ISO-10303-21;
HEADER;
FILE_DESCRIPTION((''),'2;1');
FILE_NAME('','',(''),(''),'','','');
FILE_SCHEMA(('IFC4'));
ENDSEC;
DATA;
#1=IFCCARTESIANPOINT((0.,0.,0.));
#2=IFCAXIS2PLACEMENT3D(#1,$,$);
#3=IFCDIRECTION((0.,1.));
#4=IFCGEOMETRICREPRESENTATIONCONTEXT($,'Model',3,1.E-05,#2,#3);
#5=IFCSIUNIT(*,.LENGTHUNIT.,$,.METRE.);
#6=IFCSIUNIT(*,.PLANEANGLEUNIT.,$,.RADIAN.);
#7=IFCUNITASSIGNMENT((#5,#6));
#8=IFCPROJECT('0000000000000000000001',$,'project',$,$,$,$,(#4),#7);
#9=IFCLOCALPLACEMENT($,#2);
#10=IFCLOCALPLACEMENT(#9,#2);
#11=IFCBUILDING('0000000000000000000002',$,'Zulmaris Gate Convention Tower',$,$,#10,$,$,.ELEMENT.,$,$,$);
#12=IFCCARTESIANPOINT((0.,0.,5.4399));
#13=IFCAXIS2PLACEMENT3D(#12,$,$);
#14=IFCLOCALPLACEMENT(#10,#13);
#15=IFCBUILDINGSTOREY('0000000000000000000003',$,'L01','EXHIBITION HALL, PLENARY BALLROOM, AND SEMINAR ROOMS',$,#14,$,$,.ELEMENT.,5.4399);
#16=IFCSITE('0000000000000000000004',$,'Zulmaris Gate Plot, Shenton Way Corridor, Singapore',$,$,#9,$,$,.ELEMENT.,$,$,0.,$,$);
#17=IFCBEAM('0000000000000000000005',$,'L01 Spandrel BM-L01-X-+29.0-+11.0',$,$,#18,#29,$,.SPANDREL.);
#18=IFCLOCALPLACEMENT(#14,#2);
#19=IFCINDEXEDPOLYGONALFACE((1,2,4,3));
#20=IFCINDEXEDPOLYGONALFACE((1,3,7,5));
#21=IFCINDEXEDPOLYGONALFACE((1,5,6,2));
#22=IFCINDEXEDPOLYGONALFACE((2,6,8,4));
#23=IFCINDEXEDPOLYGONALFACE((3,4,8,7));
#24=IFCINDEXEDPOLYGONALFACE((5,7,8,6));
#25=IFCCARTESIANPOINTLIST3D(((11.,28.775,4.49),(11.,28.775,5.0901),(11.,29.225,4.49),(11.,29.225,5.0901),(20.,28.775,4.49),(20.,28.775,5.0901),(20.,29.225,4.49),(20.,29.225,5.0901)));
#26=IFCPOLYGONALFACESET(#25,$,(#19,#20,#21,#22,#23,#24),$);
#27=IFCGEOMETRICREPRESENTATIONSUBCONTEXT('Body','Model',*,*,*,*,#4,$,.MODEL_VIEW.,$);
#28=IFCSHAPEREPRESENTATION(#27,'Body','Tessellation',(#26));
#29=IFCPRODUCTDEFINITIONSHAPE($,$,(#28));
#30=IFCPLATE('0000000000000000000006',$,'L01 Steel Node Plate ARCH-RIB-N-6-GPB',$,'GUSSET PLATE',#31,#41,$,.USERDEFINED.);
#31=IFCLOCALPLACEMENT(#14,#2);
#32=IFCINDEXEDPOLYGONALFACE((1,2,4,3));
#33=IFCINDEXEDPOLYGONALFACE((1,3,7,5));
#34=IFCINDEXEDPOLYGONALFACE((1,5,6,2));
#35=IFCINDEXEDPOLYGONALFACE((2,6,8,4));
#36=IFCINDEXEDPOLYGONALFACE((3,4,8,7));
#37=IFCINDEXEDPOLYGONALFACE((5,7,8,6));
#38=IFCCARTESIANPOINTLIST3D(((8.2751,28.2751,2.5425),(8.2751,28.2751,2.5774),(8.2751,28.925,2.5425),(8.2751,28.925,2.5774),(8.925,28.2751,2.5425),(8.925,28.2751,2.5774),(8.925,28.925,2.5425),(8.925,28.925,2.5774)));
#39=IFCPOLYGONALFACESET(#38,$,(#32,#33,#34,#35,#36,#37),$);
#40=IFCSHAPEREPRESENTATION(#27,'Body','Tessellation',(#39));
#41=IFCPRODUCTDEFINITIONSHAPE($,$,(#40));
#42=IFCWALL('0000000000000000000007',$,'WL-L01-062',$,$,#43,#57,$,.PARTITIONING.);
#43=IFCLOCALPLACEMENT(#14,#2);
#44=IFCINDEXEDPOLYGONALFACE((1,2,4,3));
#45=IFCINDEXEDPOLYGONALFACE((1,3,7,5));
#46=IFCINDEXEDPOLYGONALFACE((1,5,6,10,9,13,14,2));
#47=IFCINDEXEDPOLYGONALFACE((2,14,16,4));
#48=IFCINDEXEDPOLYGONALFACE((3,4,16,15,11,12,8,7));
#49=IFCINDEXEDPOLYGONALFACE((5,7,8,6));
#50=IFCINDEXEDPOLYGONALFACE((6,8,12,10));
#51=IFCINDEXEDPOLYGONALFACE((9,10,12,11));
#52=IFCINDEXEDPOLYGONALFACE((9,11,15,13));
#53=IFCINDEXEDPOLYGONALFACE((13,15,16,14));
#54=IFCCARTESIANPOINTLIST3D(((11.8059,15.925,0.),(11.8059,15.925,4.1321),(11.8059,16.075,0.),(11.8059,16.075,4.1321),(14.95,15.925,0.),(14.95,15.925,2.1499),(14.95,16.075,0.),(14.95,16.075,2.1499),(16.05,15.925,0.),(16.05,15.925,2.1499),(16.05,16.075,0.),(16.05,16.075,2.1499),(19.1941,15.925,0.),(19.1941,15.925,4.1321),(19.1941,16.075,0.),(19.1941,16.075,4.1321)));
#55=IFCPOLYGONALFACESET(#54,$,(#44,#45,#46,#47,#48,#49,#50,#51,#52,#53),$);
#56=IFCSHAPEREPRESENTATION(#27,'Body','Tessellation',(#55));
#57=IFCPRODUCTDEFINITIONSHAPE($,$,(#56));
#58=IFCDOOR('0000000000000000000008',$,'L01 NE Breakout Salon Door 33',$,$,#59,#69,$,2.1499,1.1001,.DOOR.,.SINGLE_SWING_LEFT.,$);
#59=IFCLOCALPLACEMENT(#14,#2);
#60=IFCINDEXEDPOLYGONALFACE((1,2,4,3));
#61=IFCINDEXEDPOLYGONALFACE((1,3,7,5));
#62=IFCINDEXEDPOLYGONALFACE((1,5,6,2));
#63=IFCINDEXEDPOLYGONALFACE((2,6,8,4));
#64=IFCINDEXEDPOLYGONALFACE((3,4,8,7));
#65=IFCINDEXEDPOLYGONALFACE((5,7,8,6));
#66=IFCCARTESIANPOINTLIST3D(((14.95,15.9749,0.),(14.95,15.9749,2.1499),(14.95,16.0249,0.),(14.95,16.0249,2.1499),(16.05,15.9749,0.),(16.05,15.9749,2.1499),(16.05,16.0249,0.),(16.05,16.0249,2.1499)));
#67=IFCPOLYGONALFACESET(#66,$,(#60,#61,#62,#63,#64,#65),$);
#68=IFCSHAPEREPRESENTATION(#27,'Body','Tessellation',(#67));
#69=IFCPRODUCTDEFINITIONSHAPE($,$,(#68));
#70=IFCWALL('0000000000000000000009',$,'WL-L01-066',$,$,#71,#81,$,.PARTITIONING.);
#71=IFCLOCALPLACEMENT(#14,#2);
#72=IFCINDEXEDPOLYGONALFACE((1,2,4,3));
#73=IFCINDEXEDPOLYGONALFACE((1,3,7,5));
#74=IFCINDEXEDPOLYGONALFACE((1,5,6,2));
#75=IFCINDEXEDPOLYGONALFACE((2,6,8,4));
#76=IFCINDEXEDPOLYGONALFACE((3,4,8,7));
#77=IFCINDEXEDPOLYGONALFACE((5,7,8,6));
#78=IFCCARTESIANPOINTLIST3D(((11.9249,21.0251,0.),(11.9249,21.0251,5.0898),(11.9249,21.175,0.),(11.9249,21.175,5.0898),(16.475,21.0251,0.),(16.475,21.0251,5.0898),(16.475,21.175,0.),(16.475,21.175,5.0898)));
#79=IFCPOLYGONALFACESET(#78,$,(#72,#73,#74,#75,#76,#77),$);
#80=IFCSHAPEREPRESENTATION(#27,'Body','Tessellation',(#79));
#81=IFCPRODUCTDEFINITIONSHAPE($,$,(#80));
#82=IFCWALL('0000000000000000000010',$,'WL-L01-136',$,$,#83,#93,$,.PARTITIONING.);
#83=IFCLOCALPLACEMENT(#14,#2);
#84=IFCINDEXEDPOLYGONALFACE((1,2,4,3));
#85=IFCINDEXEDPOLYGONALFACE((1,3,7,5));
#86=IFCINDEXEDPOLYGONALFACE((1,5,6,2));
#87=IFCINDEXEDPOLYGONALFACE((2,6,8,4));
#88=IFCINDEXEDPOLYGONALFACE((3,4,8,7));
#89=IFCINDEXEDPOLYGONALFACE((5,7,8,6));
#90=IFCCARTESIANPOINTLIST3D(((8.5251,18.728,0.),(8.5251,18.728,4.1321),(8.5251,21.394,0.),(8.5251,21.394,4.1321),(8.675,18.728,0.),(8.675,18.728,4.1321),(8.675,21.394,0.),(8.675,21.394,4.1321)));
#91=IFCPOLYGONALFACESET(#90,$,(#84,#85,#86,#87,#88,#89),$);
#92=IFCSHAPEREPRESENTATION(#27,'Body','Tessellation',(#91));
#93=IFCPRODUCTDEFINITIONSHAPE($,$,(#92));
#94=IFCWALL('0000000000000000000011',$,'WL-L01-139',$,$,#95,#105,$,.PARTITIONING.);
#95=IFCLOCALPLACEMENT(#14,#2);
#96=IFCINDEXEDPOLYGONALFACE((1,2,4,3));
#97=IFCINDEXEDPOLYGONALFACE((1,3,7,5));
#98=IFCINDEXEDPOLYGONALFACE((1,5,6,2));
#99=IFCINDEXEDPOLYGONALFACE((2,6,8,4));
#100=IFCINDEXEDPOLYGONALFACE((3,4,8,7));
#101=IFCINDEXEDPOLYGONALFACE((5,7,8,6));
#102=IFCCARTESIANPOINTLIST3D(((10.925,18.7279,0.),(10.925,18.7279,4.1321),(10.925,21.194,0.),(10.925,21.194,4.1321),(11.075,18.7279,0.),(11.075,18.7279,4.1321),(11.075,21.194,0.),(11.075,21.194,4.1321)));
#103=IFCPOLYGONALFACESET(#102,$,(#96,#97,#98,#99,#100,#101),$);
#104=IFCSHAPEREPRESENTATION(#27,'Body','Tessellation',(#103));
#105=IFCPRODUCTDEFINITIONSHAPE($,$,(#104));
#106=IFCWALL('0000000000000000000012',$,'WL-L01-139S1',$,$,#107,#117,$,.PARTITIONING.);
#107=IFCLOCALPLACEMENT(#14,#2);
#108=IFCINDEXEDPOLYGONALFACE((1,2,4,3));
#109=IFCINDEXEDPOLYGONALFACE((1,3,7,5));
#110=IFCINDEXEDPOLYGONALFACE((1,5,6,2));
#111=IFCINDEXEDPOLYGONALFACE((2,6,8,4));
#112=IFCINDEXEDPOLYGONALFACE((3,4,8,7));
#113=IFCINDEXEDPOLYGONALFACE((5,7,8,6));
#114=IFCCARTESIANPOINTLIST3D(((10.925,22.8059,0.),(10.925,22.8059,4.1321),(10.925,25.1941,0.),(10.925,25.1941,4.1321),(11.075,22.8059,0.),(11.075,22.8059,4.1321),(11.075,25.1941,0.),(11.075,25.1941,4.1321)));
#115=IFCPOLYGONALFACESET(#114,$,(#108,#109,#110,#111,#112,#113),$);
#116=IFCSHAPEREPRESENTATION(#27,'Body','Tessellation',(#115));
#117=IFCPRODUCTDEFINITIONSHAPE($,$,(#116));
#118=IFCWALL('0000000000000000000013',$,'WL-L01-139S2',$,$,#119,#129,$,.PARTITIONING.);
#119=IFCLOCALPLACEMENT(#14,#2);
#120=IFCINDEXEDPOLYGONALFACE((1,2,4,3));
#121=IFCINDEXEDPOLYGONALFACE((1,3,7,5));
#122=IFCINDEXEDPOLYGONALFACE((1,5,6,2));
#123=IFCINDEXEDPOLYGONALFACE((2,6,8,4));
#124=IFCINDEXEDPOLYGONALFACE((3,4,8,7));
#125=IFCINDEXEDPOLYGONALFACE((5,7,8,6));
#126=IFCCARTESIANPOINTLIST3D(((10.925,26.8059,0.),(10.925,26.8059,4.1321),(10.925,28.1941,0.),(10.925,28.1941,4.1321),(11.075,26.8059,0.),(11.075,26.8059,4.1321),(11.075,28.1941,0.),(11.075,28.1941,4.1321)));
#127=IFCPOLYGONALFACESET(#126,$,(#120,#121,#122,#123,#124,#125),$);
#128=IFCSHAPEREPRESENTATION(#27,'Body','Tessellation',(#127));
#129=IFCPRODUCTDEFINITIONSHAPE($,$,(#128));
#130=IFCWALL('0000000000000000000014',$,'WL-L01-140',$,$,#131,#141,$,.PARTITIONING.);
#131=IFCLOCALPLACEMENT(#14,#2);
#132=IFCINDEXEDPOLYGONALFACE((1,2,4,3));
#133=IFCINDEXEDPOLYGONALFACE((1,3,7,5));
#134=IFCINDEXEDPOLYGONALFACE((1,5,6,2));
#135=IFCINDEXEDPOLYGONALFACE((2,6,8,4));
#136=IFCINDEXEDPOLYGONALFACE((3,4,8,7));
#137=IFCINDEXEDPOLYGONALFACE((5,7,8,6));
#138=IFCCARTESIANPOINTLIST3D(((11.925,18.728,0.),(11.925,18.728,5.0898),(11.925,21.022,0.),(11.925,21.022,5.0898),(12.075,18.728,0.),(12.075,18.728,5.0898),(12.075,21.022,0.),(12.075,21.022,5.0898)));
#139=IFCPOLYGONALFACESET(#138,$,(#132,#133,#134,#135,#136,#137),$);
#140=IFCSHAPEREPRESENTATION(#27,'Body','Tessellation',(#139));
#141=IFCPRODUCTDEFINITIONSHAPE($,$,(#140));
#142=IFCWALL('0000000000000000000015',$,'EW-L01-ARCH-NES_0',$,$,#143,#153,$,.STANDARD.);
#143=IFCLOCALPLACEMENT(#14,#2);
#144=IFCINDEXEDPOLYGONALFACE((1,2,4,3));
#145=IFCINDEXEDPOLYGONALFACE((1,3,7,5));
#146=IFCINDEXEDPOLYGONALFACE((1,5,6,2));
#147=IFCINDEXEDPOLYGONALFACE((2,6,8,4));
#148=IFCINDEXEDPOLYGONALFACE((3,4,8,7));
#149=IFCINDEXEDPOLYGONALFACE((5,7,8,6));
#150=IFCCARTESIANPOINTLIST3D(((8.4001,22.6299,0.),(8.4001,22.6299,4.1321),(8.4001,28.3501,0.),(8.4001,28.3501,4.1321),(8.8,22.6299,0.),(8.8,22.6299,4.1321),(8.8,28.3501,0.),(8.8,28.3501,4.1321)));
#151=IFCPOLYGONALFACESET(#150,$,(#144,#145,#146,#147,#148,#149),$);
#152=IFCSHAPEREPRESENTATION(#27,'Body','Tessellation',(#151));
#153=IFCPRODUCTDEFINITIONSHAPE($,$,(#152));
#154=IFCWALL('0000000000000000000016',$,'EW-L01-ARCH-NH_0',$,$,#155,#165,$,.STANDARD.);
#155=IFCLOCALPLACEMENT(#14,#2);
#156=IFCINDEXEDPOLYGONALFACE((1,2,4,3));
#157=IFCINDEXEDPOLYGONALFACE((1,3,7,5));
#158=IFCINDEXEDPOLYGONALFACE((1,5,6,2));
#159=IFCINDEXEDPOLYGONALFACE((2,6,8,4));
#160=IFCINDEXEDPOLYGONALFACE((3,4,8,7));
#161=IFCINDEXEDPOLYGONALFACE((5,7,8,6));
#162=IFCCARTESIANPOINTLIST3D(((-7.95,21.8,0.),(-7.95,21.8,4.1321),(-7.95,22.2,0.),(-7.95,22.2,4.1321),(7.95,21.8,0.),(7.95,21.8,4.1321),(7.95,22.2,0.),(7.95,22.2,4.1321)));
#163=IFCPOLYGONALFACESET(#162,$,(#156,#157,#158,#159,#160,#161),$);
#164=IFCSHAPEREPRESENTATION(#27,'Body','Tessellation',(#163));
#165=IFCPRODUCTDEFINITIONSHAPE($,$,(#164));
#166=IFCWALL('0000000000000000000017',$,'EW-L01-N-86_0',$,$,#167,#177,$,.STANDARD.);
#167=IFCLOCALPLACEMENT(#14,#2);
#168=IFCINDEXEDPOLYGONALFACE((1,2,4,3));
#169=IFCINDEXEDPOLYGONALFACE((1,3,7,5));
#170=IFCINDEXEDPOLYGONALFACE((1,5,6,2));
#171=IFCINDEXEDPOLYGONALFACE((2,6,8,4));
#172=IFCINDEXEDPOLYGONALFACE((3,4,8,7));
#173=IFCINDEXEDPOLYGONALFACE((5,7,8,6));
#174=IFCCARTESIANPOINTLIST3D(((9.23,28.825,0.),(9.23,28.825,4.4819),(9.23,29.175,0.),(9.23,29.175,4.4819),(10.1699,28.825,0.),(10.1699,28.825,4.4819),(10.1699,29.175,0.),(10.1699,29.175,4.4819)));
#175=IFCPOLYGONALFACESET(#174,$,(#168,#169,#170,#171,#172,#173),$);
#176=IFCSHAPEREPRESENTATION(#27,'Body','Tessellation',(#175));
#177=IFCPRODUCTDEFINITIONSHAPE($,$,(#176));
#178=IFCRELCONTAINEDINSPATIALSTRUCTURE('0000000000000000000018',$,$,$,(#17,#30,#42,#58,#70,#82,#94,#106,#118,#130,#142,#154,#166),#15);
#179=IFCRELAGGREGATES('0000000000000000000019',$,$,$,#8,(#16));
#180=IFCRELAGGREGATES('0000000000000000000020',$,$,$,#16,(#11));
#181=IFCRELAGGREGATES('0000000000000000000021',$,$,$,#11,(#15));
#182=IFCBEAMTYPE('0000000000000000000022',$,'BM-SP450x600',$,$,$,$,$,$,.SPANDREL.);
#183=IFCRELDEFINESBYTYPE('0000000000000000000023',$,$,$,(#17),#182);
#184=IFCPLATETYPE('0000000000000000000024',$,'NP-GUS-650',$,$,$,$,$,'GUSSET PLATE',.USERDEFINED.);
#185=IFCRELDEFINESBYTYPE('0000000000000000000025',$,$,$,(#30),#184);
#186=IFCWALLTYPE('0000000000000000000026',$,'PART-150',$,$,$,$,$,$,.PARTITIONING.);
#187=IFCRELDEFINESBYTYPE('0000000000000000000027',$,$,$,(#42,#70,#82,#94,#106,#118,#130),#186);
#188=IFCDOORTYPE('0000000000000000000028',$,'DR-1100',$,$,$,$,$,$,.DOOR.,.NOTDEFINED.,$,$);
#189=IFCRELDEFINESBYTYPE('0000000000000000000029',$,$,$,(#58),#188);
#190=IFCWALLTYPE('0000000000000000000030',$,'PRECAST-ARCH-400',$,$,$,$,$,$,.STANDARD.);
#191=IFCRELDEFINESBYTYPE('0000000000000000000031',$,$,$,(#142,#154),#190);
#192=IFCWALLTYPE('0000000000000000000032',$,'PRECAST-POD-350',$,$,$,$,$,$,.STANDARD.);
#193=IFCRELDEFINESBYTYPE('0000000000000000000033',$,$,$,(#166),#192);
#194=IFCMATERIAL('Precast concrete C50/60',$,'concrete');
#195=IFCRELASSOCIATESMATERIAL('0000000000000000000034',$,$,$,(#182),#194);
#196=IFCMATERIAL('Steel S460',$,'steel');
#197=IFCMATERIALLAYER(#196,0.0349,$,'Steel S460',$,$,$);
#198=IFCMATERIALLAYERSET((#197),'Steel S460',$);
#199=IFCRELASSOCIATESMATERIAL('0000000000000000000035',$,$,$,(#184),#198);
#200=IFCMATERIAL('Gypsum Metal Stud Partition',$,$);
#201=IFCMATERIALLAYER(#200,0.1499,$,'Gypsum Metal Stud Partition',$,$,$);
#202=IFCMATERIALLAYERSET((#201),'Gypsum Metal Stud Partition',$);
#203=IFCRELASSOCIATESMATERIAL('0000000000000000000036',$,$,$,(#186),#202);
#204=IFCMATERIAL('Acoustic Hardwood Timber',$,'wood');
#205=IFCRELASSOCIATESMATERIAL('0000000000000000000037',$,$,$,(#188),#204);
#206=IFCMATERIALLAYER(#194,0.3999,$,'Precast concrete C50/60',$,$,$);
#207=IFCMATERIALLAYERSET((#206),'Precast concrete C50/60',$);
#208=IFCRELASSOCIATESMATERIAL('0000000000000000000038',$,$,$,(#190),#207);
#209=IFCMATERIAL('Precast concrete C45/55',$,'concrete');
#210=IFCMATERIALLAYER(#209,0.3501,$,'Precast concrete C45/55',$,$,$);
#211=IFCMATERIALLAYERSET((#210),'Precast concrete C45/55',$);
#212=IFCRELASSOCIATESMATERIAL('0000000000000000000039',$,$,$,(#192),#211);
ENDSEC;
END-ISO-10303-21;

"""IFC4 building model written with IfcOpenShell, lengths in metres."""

from ifc_helpers import new_model, si_unit, direction, frame, frame_2d, origin, origin_2d, place, context, subcontext, project, spatial, rectangle, extrude, material, layer, layer_set, material_profile, profile_set, type_object, element, fill, save


model = new_model("IFC4")

# Units and contexts
model_context = context("Model", 3, precision=1e-05, world=origin(), true_north=direction((0.0, 1.0)))
body_context = subcontext(model_context, "Body", "Model", "MODEL_VIEW")
ifc_project = project(units=[si_unit("LENGTHUNIT", "METRE"), si_unit("PLANEANGLEUNIT", "RADIAN")], contexts=[model_context])

# Site, building, storey
site_placement = place(None, origin())
site = spatial("IfcSite", under=ifc_project, at=site_placement, Name="Zulmaris Gate Plot, Shenton Way Corridor, Singapore", CompositionType="ELEMENT", RefElevation=0.0)
building_placement = place(site_placement, origin())
building = spatial("IfcBuilding", under=site, at=building_placement, Name="Zulmaris Gate Convention Tower", CompositionType="ELEMENT")
storey_placement = place(building_placement, frame((0.0, 0.0, 5.4399)))
storey = spatial("IfcBuildingStorey", under=building, at=storey_placement, Name="L01", Description="EXHIBITION HALL, PLENARY BALLROOM, AND SEMINAR ROOMS", CompositionType="ELEMENT", Elevation=5.4399)

# Beam
ifc_material_1 = material(Name="Precast concrete C50/60", Category="concrete")
ifc_material_profile_1 = material_profile(ifc_material_1, rectangle(XDim=0.45, YDim=0.6001, at=origin_2d()), Name="RC SPANDREL 450x600")
ifc_profile_set_1 = profile_set([ifc_material_profile_1], Name="Precast concrete C50/60")
beam_type_1 = type_object("IfcBeamType", Name="BM-SP450x600", PredefinedType="SPANDREL", material=ifc_profile_set_1)
beam_1_placement = place(storey_placement, frame((11.0, 29.0, 4.79), z_axis=(1.0, 0.0, 0.0), x_axis=(0.0, 1.0, 0.0)))
element("IfcBeam", 1, at=beam_1_placement, inside=storey, type_object=beam_type_1, Name="L01 Spandrel BM-L01-X-+29.0-+11.0", PredefinedType="SPANDREL", context=body_context, shape_type="SweptSolid", body=[
    extrude(rectangle(XDim=0.45, YDim=0.6001, at=origin_2d()), origin(), (0.0, 0.0, 1.0), 9.0),
])

# Plate
ifc_material_2 = material(Name="Steel S460", Category="steel")
ifc_layer_1 = layer(ifc_material_2, 0.0349, Name="Steel S460")
ifc_layer_set_1 = layer_set([ifc_layer_1], Name="Steel S460")
plate_type = type_object("IfcPlateType", Name="NP-GUS-650", ElementType="GUSSET PLATE", PredefinedType="USERDEFINED", material=ifc_layer_set_1)
plate_placement = place(storey_placement, frame((8.6001, 28.6001, 2.5425), z_axis=(0.0, 0.0, 1.0), x_axis=(1.0, 0.0, 0.0)))
element("IfcPlate", 2, at=plate_placement, inside=storey, type_object=plate_type, Name="L01 Steel Node Plate ARCH-RIB-N-6-GPB", ObjectType="GUSSET PLATE", PredefinedType="USERDEFINED", context=body_context, shape_type="SweptSolid", body=[
    extrude(rectangle(XDim=0.6499, YDim=0.6499, at=origin_2d()), origin(), (0.0, 0.0, 1.0), 0.0349),
])

# Wall, opening, door
ifc_material_3 = material(Name="Gypsum Metal Stud Partition")
ifc_layer_2 = layer(ifc_material_3, 0.1499, Name="Gypsum Metal Stud Partition")
ifc_layer_set_2 = layer_set([ifc_layer_2], Name="Gypsum Metal Stud Partition")
wall_type_1 = type_object("IfcWallType", Name="PART-150", PredefinedType="PARTITIONING", material=ifc_layer_set_2)
wall_1_placement = place(storey_placement, frame((11.8059, 16.0, 0.0), z_axis=(0.0, 0.0, 1.0), x_axis=(1.0, 0.0, 0.0)))
wall_1 = element("IfcWall", 3, at=wall_1_placement, inside=storey, type_object=wall_type_1, Name="WL-L01-062", PredefinedType="PARTITIONING", context=body_context, shape_type="SweptSolid", body=[
    extrude(rectangle(XDim=7.3882, YDim=0.1499, at=frame_2d((3.6941, 0.0))), origin(), (0.0, 0.0, 1.0), 4.1321),
])
opening_placement = place(wall_1_placement, frame((3.144, 0.0, 0.0)))
opening = element("IfcOpeningElement", 4, at=opening_placement, cuts=wall_1, PredefinedType="OPENING", context=body_context, shape_type="SweptSolid", body=[
    extrude(rectangle(XDim=1.1001, YDim=2.1499, at=frame_2d((0.55, 1.075))), frame((0.0, 0.085, 0.0), z_axis=(0.0, -1.0, 0.0), x_axis=(1.0, 0.0, 0.0)), (0.0, 0.0, 1.0), 0.1699),
])
ifc_material_4 = material(Name="Acoustic Hardwood Timber", Category="wood")
door_type = type_object("IfcDoorType", Name="DR-1100", OperationType="NOTDEFINED", PredefinedType="DOOR", material=ifc_material_4)
door_placement = place(opening_placement, origin())
door = element("IfcDoor", 5, at=door_placement, inside=storey, type_object=door_type, Name="L01 NE Breakout Salon Door 33", OperationType="SINGLE_SWING_LEFT", OverallHeight=2.1499, OverallWidth=1.1001, PredefinedType="DOOR", context=body_context, shape_type="SweptSolid", body=[
    extrude(rectangle(XDim=1.1001, YDim=2.1499, at=frame_2d((0.55, 1.075))), frame((0.0, 0.0249, 0.0), z_axis=(0.0, -1.0, 0.0), x_axis=(1.0, 0.0, 0.0)), (0.0, 0.0, 1.0), 0.05),
])
fill(opening, door)

# Walls
wall_2_placement = place(storey_placement, frame((11.925, 21.1001, 0.0), z_axis=(0.0, 0.0, 1.0), x_axis=(1.0, 0.0, 0.0)))
element("IfcWall", 6, at=wall_2_placement, inside=storey, type_object=wall_type_1, Name="WL-L01-066", PredefinedType="PARTITIONING", context=body_context, shape_type="SweptSolid", body=[
    extrude(rectangle(XDim=4.55, YDim=0.1499, at=frame_2d((2.2749, 0.0))), origin(), (0.0, 0.0, 1.0), 5.0898),
])
wall_3_placement = place(storey_placement, frame((8.6001, 18.728, 0.0), z_axis=(0.0, 0.0, 1.0), x_axis=(0.0, 1.0, 0.0)))
element("IfcWall", 7, at=wall_3_placement, inside=storey, type_object=wall_type_1, Name="WL-L01-136", PredefinedType="PARTITIONING", context=body_context, shape_type="SweptSolid", body=[
    extrude(rectangle(XDim=2.666, YDim=0.1499, at=frame_2d((1.333, 0.0))), origin(), (0.0, 0.0, 1.0), 4.1321),
])
wall_4_placement = place(storey_placement, frame((11.0, 18.728, 0.0), z_axis=(0.0, 0.0, 1.0), x_axis=(0.0, 1.0, 0.0)))
element("IfcWall", 8, at=wall_4_placement, inside=storey, type_object=wall_type_1, Name="WL-L01-139", PredefinedType="PARTITIONING", context=body_context, shape_type="SweptSolid", body=[
    extrude(rectangle(XDim=2.4661, YDim=0.1499, at=frame_2d((1.2329, 0.0))), origin(), (0.0, 0.0, 1.0), 4.1321),
])
wall_5_placement = place(storey_placement, frame((11.0, 22.8059, 0.0), z_axis=(0.0, 0.0, 1.0), x_axis=(0.0, 1.0, 0.0)))
element("IfcWall", 9, at=wall_5_placement, inside=storey, type_object=wall_type_1, Name="WL-L01-139S1", PredefinedType="PARTITIONING", context=body_context, shape_type="SweptSolid", body=[
    extrude(rectangle(XDim=2.3882, YDim=0.1499, at=frame_2d((1.1941, 0.0))), origin(), (0.0, 0.0, 1.0), 4.1321),
])
wall_6_placement = place(storey_placement, frame((11.0, 26.8059, 0.0), z_axis=(0.0, 0.0, 1.0), x_axis=(0.0, 1.0, 0.0)))
element("IfcWall", 10, at=wall_6_placement, inside=storey, type_object=wall_type_1, Name="WL-L01-139S2", PredefinedType="PARTITIONING", context=body_context, shape_type="SweptSolid", body=[
    extrude(rectangle(XDim=1.3882, YDim=0.1499, at=frame_2d((0.6941, 0.0))), origin(), (0.0, 0.0, 1.0), 4.1321),
])
wall_7_placement = place(storey_placement, frame((12.0, 18.728, 0.0), z_axis=(0.0, 0.0, 1.0), x_axis=(0.0, 1.0, 0.0)))
element("IfcWall", 11, at=wall_7_placement, inside=storey, type_object=wall_type_1, Name="WL-L01-140", PredefinedType="PARTITIONING", context=body_context, shape_type="SweptSolid", body=[
    extrude(rectangle(XDim=2.2939, YDim=0.1499, at=frame_2d((1.147, 0.0))), origin(), (0.0, 0.0, 1.0), 5.0898),
])
ifc_layer_3 = layer(ifc_material_1, 0.3999, Name="Precast concrete C50/60")
ifc_layer_set_3 = layer_set([ifc_layer_3], Name="Precast concrete C50/60")
wall_type_2 = type_object("IfcWallType", Name="PRECAST-ARCH-400", PredefinedType="STANDARD", material=ifc_layer_set_3)
wall_8_placement = place(storey_placement, frame((8.6001, 28.3501, 0.0), z_axis=(0.0, 0.0, 1.0), x_axis=(0.0, -1.0, 0.0)))
element("IfcWall", 12, at=wall_8_placement, inside=storey, type_object=wall_type_2, Name="EW-L01-ARCH-NES_0", PredefinedType="STANDARD", context=body_context, shape_type="SweptSolid", body=[
    extrude(rectangle(XDim=5.7202, YDim=0.3999, at=frame_2d((2.8601, 0.0))), origin(), (0.0, 0.0, 1.0), 4.1321),
])
wall_9_placement = place(storey_placement, frame((7.95, 22.0, 0.0), z_axis=(0.0, 0.0, 1.0), x_axis=(-1.0, 0.0, 0.0)))
element("IfcWall", 13, at=wall_9_placement, inside=storey, type_object=wall_type_2, Name="EW-L01-ARCH-NH_0", PredefinedType="STANDARD", context=body_context, shape_type="SweptSolid", body=[
    extrude(rectangle(XDim=15.8999, YDim=0.3999, at=frame_2d((7.95, 0.0))), origin(), (0.0, 0.0, 1.0), 4.1321),
])
ifc_material_5 = material(Name="Precast concrete C45/55", Category="concrete")
ifc_layer_4 = layer(ifc_material_5, 0.3501, Name="Precast concrete C45/55")
ifc_layer_set_4 = layer_set([ifc_layer_4], Name="Precast concrete C45/55")
wall_type_3 = type_object("IfcWallType", Name="PRECAST-POD-350", PredefinedType="STANDARD", material=ifc_layer_set_4)
wall_10_placement = place(storey_placement, frame((10.1699, 29.0, 0.0), z_axis=(0.0, 0.0, 1.0), x_axis=(-1.0, 0.0, 0.0)))
element("IfcWall", 14, at=wall_10_placement, inside=storey, type_object=wall_type_3, Name="EW-L01-N-86_0", PredefinedType="STANDARD", context=body_context, shape_type="SweptSolid", body=[
    extrude(rectangle(XDim=0.9399, YDim=0.3501, at=frame_2d((0.47, 0.0))), origin(), (0.0, 0.0, 1.0), 4.4819),
])

save(model, "model.ifc")
